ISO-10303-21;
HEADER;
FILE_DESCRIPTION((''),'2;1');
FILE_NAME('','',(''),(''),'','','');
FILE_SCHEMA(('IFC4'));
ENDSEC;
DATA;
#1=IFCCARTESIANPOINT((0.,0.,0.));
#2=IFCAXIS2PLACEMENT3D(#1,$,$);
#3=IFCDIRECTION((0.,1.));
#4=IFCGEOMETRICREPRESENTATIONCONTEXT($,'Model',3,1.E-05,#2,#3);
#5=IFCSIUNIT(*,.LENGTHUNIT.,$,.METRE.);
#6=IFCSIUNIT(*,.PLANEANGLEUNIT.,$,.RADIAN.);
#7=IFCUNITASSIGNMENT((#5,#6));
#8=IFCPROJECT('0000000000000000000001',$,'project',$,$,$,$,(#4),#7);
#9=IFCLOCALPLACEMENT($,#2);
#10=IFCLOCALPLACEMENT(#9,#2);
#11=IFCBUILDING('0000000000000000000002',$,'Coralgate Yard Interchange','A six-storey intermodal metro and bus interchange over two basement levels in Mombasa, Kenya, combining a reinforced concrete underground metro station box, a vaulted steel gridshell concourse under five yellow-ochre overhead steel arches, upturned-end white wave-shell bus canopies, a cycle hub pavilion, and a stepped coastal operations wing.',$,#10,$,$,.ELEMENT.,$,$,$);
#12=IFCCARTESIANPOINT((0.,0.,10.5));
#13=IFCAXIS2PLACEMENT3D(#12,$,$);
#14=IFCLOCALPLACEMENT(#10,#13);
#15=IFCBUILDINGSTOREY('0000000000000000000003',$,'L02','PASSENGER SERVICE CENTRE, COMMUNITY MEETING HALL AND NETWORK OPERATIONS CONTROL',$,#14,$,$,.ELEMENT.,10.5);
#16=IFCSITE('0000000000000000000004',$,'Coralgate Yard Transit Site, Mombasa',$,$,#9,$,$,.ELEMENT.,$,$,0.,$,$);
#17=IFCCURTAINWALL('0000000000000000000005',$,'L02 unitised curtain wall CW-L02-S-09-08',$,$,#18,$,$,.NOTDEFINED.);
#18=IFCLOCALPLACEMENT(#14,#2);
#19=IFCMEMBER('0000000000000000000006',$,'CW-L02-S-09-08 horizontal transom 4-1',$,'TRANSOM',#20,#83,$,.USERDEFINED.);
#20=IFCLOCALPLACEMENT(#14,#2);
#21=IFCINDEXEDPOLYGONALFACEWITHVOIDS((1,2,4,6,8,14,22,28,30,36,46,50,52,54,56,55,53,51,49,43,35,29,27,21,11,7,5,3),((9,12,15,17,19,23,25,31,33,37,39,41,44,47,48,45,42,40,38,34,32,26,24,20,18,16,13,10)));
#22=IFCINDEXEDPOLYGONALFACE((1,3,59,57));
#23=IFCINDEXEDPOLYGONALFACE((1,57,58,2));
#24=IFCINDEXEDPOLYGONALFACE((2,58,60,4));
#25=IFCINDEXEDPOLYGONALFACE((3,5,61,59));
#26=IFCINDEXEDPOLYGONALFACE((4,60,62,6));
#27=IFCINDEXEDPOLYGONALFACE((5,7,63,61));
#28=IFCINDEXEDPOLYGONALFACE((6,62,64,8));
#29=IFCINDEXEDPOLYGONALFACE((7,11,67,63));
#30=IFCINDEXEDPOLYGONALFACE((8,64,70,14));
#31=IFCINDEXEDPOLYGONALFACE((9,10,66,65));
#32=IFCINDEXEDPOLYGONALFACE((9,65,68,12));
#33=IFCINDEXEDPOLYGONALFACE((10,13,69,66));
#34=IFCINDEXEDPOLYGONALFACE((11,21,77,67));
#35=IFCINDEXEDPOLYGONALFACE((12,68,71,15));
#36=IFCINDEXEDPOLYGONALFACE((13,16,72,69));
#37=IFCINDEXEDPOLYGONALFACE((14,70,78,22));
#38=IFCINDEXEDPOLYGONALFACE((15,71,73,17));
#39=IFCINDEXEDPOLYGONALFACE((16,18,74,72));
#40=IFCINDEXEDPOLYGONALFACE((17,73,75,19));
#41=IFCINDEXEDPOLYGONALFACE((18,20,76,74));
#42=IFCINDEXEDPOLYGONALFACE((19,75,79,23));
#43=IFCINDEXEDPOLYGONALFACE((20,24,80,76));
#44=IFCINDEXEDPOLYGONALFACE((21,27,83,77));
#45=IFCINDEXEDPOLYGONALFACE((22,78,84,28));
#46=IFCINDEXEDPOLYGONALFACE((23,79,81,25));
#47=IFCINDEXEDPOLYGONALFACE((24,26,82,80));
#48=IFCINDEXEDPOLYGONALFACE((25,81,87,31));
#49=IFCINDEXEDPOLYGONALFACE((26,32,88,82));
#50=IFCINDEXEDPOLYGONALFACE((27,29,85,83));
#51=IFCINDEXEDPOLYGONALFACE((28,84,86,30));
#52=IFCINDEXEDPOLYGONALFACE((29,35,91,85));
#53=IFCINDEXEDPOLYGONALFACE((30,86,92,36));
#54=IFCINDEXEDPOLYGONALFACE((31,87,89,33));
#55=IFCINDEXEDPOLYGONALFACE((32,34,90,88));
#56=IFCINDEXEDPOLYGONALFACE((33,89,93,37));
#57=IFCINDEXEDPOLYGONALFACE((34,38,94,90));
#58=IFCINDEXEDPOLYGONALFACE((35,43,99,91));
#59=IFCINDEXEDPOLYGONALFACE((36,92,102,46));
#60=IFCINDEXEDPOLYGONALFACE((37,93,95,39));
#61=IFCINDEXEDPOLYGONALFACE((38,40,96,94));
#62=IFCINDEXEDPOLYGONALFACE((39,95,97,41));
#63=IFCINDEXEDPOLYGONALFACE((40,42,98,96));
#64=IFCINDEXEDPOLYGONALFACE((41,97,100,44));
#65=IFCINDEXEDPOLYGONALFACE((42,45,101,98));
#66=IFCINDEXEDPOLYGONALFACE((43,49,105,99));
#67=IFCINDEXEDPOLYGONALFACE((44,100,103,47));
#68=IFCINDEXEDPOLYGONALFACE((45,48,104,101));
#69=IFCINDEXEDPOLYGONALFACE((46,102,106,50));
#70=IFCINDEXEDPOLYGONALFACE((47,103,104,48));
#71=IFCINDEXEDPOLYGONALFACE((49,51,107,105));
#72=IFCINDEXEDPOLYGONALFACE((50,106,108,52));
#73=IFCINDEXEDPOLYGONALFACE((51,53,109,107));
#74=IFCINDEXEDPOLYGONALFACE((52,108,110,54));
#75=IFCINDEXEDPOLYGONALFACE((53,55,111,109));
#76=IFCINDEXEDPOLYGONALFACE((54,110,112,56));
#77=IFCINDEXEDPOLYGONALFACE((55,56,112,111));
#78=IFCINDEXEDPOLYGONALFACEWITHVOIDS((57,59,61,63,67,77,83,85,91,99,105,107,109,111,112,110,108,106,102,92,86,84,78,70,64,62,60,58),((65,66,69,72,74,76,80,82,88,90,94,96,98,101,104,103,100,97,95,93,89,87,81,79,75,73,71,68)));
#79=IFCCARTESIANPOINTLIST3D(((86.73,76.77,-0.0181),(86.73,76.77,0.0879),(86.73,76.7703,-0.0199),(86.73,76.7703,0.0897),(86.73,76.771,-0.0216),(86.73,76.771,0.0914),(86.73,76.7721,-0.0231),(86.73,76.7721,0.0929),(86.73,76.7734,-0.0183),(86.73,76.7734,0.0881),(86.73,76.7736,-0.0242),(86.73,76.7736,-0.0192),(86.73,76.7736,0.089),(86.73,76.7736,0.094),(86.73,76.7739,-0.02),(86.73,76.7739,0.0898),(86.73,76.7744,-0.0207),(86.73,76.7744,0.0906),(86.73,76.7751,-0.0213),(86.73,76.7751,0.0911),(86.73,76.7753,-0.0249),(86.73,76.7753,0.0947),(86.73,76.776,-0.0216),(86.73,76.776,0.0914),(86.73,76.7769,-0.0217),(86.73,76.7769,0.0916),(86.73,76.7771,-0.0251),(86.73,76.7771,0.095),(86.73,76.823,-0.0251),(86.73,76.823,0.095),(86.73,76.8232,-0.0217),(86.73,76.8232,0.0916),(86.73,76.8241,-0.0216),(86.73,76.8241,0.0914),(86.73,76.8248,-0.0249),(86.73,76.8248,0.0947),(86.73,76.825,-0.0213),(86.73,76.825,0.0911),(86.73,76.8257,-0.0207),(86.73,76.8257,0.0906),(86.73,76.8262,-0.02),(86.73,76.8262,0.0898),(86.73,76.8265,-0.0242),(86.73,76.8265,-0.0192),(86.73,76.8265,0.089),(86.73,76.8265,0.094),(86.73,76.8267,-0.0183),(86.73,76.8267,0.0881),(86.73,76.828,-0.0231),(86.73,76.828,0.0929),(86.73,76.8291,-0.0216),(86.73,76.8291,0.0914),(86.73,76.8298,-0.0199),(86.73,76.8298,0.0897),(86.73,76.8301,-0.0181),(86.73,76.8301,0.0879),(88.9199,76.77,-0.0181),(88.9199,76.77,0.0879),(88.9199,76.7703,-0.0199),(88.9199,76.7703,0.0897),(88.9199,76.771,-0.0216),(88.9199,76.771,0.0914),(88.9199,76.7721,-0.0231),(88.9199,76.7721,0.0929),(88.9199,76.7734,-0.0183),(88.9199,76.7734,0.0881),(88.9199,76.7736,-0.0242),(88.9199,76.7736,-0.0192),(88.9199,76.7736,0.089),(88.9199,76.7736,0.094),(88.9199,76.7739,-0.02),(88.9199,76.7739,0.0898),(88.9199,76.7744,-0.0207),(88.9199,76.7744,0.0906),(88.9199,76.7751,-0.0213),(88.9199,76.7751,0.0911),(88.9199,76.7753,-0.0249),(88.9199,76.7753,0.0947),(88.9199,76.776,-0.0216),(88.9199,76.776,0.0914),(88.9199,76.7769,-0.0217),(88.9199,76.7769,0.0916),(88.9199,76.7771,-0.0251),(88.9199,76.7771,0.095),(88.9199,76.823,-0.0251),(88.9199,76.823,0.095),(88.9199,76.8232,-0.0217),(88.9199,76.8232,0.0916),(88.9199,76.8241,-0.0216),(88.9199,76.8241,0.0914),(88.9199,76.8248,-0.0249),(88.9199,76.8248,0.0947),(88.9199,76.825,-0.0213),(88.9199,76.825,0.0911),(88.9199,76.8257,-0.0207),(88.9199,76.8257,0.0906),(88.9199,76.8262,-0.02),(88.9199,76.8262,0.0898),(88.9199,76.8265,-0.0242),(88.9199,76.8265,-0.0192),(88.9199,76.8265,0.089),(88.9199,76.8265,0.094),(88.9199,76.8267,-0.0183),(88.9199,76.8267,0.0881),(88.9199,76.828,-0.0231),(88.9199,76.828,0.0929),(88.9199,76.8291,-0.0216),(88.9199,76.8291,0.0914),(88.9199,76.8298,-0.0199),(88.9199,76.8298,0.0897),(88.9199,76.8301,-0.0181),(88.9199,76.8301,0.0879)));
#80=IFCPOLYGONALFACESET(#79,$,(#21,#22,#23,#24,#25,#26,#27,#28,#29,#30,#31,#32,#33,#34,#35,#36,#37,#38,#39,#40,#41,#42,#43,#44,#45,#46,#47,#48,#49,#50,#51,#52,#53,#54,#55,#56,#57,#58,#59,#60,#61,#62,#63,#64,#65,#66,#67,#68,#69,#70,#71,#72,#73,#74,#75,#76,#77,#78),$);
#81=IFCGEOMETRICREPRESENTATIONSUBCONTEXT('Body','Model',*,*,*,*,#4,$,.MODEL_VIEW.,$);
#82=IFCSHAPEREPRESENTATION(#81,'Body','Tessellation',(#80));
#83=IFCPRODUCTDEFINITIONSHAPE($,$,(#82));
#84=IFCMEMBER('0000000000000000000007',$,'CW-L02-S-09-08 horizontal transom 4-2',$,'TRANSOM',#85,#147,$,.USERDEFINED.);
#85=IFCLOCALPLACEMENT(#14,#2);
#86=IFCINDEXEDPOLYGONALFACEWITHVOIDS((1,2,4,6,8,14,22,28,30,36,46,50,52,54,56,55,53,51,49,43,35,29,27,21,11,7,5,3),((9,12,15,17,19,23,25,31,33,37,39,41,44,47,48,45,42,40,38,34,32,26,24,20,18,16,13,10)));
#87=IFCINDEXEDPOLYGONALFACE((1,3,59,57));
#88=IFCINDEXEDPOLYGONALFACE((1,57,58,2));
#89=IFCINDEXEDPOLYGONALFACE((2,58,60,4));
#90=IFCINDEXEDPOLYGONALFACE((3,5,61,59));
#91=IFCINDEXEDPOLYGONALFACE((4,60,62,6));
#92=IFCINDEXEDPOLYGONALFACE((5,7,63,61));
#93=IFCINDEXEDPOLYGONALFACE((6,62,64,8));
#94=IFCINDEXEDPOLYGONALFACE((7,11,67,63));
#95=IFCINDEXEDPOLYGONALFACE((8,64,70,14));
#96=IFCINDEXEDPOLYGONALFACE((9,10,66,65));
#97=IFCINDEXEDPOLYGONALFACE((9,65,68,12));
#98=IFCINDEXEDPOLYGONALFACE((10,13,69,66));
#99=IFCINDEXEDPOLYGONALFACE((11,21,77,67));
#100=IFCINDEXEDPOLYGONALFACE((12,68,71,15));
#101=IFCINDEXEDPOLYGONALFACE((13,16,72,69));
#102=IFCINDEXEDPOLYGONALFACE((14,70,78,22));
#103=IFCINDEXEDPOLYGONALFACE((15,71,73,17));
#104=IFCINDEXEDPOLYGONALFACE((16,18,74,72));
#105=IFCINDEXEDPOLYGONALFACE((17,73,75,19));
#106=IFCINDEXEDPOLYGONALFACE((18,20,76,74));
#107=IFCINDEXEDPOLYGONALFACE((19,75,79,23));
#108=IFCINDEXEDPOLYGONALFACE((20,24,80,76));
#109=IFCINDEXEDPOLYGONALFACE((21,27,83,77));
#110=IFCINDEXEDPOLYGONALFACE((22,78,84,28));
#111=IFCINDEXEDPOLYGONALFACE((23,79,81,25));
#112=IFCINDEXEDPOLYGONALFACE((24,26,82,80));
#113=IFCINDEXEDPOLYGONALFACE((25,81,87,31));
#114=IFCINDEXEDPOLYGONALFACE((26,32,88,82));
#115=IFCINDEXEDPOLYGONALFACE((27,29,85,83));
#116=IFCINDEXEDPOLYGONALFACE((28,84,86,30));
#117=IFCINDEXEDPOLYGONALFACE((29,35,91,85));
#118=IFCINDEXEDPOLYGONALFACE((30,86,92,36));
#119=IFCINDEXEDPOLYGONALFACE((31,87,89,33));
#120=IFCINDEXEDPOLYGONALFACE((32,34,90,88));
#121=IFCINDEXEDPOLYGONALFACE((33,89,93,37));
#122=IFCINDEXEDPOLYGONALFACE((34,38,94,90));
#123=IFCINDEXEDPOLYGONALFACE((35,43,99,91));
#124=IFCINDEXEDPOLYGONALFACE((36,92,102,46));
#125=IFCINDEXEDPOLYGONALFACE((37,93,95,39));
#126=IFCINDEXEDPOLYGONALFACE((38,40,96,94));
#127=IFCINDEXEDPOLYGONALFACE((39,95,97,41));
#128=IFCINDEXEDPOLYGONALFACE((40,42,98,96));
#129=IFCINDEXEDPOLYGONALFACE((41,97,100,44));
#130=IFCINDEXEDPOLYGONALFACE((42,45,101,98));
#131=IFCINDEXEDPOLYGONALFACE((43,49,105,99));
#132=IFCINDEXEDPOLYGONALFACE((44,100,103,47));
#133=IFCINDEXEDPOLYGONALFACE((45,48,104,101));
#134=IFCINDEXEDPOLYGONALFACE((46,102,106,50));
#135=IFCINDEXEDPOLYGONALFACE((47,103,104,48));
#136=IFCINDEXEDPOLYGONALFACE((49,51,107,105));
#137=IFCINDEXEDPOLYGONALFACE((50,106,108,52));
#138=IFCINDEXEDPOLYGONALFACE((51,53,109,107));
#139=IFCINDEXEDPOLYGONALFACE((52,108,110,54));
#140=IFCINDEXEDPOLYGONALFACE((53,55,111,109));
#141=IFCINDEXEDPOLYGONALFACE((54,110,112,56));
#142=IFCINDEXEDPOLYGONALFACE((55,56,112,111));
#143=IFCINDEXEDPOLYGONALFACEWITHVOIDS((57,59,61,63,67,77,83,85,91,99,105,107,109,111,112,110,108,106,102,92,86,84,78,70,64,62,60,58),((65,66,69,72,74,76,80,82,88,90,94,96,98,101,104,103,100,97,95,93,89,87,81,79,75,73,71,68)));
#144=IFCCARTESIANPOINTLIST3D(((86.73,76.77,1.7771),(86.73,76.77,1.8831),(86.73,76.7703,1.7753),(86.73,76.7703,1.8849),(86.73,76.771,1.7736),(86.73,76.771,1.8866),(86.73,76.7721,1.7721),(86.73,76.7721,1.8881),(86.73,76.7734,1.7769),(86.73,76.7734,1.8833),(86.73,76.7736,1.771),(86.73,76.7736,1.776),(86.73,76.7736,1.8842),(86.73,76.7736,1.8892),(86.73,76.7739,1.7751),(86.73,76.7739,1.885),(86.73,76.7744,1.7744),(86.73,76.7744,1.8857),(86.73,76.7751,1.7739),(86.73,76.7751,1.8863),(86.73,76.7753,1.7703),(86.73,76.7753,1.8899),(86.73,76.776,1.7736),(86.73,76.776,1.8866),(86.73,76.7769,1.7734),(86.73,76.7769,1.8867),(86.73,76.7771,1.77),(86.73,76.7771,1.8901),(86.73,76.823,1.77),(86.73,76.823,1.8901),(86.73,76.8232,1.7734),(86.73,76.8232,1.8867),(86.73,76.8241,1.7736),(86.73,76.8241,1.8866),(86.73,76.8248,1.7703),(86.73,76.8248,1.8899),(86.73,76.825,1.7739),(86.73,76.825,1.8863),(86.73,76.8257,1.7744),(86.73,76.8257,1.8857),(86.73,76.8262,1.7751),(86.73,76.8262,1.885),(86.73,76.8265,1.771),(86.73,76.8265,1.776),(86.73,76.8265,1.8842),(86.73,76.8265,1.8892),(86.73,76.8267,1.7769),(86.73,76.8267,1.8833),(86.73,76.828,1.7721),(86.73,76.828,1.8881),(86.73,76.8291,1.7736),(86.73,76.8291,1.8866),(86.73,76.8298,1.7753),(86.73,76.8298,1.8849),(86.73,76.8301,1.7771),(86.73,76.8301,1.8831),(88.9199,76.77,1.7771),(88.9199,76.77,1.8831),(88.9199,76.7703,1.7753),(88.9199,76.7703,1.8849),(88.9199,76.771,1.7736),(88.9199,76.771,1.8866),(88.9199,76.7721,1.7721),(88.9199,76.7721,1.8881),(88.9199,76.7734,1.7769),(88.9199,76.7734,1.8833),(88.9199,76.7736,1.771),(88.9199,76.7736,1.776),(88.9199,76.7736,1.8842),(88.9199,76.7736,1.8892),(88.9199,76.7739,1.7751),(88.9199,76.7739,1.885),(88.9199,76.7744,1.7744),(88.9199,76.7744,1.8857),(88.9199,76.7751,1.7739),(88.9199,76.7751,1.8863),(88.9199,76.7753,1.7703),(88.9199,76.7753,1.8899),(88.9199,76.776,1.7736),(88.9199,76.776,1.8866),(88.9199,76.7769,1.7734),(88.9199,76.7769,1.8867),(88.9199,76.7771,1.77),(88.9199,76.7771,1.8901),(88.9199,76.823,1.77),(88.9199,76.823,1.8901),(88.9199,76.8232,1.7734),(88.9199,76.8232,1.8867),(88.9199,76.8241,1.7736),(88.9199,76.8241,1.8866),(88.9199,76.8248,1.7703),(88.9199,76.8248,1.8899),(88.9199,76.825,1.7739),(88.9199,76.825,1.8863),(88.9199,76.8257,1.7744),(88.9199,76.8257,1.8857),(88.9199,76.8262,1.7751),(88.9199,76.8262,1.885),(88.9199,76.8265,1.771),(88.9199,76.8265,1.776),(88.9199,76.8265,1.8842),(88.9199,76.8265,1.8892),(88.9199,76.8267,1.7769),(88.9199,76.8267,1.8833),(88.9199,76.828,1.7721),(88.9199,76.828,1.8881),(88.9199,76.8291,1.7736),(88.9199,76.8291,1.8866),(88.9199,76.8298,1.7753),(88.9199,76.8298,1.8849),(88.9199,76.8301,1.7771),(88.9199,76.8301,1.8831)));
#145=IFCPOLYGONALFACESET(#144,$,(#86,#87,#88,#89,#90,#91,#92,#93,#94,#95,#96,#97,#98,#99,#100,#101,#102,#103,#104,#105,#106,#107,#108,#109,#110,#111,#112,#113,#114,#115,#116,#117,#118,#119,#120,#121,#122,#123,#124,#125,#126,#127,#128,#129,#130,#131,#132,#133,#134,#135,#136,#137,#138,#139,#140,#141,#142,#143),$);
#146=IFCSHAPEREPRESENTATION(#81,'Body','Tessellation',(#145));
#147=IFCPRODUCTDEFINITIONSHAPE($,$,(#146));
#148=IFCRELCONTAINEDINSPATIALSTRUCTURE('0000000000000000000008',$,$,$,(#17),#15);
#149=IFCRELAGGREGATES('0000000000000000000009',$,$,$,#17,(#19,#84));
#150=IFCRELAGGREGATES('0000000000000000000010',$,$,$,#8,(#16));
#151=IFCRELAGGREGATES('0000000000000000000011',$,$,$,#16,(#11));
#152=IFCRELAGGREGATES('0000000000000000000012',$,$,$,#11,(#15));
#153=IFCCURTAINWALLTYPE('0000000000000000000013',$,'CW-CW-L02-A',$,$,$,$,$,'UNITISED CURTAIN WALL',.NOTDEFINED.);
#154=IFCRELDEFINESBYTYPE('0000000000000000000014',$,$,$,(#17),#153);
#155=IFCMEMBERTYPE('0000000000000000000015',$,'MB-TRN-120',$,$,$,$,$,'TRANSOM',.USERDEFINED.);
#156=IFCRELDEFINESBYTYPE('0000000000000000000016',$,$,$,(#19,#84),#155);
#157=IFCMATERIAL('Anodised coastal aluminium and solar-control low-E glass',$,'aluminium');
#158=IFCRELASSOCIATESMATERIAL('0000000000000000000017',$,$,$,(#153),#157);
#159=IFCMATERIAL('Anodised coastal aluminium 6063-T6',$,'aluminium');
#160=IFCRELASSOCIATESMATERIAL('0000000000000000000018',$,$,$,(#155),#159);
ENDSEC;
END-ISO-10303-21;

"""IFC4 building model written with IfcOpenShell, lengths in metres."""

from ifc_helpers import new_model, si_unit, direction, frame, origin, origin_2d, place, context, subcontext, project, spatial, hollow_rectangle, extrude, material, material_profile, profile_set, type_object, element, aggregate, save


model = new_model("IFC4")

# Units and contexts
model_context = context("Model", 3, precision=1e-05, world=origin(), true_north=direction((0.0, 1.0)))
body_context = subcontext(model_context, "Body", "Model", "MODEL_VIEW")
ifc_project = project(units=[si_unit("LENGTHUNIT", "METRE"), si_unit("PLANEANGLEUNIT", "RADIAN")], contexts=[model_context])

# Site, building, storey
site_placement = place(None, origin())
site = spatial("IfcSite", under=ifc_project, at=site_placement, Name="Coralgate Yard Transit Site, Mombasa", CompositionType="ELEMENT", RefElevation=0.0)
building_placement = place(site_placement, origin())
building = spatial("IfcBuilding", under=site, at=building_placement, Name="Coralgate Yard Interchange", Description="A six-storey intermodal metro and bus interchange over two basement levels in Mombasa, Kenya, combining a reinforced concrete underground metro station box, a vaulted steel gridshell concourse under five yellow-ochre overhead steel arches, upturned-end white wave-shell bus canopies, a cycle hub pavilion, and a stepped coastal operations wing.", CompositionType="ELEMENT")
storey_placement = place(building_placement, frame((0.0, 0.0, 10.5)))
storey = spatial("IfcBuildingStorey", under=building, at=storey_placement, Name="L02", Description="PASSENGER SERVICE CENTRE, COMMUNITY MEETING HALL AND NETWORK OPERATIONS CONTROL", CompositionType="ELEMENT", Elevation=10.5)

# Curtain wall
ifc_material_1 = material(Name="Anodised coastal aluminium and solar-control low-E glass", Category="aluminium")
curtain_wall_type = type_object("IfcCurtainWallType", Name="CW-CW-L02-A", ElementType="UNITISED CURTAIN WALL", PredefinedType="NOTDEFINED", material=ifc_material_1)
ifc_material_2 = material(Name="Anodised coastal aluminium 6063-T6", Category="aluminium")
curtain_wall_1_placement = place(storey_placement, origin())
curtain_wall_1 = element("IfcCurtainWall", 1, at=curtain_wall_1_placement, inside=storey, type_object=curtain_wall_type, Name="L02 unitised curtain wall CW-L02-S-09-08", PredefinedType="NOTDEFINED")

# Members
ifc_material_profile_1 = material_profile(ifc_material_2, hollow_rectangle(XDim=0.0601, YDim=0.1201, WallThickness=0.0034, InnerFilletRadius=0.0034, OuterFilletRadius=0.0071, at=origin_2d()), Name="ALU 60x120x3.5")
ifc_profile_set_1 = profile_set([ifc_material_profile_1], Name="Anodised coastal aluminium 6063-T6")
member_type_1 = type_object("IfcMemberType", Name="MB-TRN-120", ElementType="TRANSOM", PredefinedType="USERDEFINED", material=ifc_profile_set_1)
member_1_placement = place(storey_placement, frame((88.9199, 76.8, 0.0349), z_axis=(-1.0, 0.0, 0.0), x_axis=(0.0, -1.0, 0.0)))
member_1 = element("IfcMember", 2, at=member_1_placement, type_object=member_type_1, Name="CW-L02-S-09-08 horizontal transom 4-1", ObjectType="TRANSOM", PredefinedType="USERDEFINED", context=body_context, shape_type="SweptSolid", body=[
    extrude(hollow_rectangle(XDim=0.0601, YDim=0.1201, WallThickness=0.0034, InnerFilletRadius=0.0034, OuterFilletRadius=0.0071, at=origin_2d()), origin(), (0.0, 0.0, 1.0), 2.1899),
])
member_2_placement = place(storey_placement, frame((88.9199, 76.8, 1.8301), z_axis=(-1.0, 0.0, 0.0), x_axis=(0.0, -1.0, 0.0)))
member_2 = element("IfcMember", 3, at=member_2_placement, type_object=member_type_1, Name="CW-L02-S-09-08 horizontal transom 4-2", ObjectType="TRANSOM", PredefinedType="USERDEFINED", context=body_context, shape_type="SweptSolid", body=[
    extrude(hollow_rectangle(XDim=0.0601, YDim=0.1201, WallThickness=0.0034, InnerFilletRadius=0.0034, OuterFilletRadius=0.0071, at=origin_2d()), origin(), (0.0, 0.0, 1.0), 2.1899),
])

aggregate(curtain_wall_1, [member_1, member_2])

save(model, "model.ifc")
